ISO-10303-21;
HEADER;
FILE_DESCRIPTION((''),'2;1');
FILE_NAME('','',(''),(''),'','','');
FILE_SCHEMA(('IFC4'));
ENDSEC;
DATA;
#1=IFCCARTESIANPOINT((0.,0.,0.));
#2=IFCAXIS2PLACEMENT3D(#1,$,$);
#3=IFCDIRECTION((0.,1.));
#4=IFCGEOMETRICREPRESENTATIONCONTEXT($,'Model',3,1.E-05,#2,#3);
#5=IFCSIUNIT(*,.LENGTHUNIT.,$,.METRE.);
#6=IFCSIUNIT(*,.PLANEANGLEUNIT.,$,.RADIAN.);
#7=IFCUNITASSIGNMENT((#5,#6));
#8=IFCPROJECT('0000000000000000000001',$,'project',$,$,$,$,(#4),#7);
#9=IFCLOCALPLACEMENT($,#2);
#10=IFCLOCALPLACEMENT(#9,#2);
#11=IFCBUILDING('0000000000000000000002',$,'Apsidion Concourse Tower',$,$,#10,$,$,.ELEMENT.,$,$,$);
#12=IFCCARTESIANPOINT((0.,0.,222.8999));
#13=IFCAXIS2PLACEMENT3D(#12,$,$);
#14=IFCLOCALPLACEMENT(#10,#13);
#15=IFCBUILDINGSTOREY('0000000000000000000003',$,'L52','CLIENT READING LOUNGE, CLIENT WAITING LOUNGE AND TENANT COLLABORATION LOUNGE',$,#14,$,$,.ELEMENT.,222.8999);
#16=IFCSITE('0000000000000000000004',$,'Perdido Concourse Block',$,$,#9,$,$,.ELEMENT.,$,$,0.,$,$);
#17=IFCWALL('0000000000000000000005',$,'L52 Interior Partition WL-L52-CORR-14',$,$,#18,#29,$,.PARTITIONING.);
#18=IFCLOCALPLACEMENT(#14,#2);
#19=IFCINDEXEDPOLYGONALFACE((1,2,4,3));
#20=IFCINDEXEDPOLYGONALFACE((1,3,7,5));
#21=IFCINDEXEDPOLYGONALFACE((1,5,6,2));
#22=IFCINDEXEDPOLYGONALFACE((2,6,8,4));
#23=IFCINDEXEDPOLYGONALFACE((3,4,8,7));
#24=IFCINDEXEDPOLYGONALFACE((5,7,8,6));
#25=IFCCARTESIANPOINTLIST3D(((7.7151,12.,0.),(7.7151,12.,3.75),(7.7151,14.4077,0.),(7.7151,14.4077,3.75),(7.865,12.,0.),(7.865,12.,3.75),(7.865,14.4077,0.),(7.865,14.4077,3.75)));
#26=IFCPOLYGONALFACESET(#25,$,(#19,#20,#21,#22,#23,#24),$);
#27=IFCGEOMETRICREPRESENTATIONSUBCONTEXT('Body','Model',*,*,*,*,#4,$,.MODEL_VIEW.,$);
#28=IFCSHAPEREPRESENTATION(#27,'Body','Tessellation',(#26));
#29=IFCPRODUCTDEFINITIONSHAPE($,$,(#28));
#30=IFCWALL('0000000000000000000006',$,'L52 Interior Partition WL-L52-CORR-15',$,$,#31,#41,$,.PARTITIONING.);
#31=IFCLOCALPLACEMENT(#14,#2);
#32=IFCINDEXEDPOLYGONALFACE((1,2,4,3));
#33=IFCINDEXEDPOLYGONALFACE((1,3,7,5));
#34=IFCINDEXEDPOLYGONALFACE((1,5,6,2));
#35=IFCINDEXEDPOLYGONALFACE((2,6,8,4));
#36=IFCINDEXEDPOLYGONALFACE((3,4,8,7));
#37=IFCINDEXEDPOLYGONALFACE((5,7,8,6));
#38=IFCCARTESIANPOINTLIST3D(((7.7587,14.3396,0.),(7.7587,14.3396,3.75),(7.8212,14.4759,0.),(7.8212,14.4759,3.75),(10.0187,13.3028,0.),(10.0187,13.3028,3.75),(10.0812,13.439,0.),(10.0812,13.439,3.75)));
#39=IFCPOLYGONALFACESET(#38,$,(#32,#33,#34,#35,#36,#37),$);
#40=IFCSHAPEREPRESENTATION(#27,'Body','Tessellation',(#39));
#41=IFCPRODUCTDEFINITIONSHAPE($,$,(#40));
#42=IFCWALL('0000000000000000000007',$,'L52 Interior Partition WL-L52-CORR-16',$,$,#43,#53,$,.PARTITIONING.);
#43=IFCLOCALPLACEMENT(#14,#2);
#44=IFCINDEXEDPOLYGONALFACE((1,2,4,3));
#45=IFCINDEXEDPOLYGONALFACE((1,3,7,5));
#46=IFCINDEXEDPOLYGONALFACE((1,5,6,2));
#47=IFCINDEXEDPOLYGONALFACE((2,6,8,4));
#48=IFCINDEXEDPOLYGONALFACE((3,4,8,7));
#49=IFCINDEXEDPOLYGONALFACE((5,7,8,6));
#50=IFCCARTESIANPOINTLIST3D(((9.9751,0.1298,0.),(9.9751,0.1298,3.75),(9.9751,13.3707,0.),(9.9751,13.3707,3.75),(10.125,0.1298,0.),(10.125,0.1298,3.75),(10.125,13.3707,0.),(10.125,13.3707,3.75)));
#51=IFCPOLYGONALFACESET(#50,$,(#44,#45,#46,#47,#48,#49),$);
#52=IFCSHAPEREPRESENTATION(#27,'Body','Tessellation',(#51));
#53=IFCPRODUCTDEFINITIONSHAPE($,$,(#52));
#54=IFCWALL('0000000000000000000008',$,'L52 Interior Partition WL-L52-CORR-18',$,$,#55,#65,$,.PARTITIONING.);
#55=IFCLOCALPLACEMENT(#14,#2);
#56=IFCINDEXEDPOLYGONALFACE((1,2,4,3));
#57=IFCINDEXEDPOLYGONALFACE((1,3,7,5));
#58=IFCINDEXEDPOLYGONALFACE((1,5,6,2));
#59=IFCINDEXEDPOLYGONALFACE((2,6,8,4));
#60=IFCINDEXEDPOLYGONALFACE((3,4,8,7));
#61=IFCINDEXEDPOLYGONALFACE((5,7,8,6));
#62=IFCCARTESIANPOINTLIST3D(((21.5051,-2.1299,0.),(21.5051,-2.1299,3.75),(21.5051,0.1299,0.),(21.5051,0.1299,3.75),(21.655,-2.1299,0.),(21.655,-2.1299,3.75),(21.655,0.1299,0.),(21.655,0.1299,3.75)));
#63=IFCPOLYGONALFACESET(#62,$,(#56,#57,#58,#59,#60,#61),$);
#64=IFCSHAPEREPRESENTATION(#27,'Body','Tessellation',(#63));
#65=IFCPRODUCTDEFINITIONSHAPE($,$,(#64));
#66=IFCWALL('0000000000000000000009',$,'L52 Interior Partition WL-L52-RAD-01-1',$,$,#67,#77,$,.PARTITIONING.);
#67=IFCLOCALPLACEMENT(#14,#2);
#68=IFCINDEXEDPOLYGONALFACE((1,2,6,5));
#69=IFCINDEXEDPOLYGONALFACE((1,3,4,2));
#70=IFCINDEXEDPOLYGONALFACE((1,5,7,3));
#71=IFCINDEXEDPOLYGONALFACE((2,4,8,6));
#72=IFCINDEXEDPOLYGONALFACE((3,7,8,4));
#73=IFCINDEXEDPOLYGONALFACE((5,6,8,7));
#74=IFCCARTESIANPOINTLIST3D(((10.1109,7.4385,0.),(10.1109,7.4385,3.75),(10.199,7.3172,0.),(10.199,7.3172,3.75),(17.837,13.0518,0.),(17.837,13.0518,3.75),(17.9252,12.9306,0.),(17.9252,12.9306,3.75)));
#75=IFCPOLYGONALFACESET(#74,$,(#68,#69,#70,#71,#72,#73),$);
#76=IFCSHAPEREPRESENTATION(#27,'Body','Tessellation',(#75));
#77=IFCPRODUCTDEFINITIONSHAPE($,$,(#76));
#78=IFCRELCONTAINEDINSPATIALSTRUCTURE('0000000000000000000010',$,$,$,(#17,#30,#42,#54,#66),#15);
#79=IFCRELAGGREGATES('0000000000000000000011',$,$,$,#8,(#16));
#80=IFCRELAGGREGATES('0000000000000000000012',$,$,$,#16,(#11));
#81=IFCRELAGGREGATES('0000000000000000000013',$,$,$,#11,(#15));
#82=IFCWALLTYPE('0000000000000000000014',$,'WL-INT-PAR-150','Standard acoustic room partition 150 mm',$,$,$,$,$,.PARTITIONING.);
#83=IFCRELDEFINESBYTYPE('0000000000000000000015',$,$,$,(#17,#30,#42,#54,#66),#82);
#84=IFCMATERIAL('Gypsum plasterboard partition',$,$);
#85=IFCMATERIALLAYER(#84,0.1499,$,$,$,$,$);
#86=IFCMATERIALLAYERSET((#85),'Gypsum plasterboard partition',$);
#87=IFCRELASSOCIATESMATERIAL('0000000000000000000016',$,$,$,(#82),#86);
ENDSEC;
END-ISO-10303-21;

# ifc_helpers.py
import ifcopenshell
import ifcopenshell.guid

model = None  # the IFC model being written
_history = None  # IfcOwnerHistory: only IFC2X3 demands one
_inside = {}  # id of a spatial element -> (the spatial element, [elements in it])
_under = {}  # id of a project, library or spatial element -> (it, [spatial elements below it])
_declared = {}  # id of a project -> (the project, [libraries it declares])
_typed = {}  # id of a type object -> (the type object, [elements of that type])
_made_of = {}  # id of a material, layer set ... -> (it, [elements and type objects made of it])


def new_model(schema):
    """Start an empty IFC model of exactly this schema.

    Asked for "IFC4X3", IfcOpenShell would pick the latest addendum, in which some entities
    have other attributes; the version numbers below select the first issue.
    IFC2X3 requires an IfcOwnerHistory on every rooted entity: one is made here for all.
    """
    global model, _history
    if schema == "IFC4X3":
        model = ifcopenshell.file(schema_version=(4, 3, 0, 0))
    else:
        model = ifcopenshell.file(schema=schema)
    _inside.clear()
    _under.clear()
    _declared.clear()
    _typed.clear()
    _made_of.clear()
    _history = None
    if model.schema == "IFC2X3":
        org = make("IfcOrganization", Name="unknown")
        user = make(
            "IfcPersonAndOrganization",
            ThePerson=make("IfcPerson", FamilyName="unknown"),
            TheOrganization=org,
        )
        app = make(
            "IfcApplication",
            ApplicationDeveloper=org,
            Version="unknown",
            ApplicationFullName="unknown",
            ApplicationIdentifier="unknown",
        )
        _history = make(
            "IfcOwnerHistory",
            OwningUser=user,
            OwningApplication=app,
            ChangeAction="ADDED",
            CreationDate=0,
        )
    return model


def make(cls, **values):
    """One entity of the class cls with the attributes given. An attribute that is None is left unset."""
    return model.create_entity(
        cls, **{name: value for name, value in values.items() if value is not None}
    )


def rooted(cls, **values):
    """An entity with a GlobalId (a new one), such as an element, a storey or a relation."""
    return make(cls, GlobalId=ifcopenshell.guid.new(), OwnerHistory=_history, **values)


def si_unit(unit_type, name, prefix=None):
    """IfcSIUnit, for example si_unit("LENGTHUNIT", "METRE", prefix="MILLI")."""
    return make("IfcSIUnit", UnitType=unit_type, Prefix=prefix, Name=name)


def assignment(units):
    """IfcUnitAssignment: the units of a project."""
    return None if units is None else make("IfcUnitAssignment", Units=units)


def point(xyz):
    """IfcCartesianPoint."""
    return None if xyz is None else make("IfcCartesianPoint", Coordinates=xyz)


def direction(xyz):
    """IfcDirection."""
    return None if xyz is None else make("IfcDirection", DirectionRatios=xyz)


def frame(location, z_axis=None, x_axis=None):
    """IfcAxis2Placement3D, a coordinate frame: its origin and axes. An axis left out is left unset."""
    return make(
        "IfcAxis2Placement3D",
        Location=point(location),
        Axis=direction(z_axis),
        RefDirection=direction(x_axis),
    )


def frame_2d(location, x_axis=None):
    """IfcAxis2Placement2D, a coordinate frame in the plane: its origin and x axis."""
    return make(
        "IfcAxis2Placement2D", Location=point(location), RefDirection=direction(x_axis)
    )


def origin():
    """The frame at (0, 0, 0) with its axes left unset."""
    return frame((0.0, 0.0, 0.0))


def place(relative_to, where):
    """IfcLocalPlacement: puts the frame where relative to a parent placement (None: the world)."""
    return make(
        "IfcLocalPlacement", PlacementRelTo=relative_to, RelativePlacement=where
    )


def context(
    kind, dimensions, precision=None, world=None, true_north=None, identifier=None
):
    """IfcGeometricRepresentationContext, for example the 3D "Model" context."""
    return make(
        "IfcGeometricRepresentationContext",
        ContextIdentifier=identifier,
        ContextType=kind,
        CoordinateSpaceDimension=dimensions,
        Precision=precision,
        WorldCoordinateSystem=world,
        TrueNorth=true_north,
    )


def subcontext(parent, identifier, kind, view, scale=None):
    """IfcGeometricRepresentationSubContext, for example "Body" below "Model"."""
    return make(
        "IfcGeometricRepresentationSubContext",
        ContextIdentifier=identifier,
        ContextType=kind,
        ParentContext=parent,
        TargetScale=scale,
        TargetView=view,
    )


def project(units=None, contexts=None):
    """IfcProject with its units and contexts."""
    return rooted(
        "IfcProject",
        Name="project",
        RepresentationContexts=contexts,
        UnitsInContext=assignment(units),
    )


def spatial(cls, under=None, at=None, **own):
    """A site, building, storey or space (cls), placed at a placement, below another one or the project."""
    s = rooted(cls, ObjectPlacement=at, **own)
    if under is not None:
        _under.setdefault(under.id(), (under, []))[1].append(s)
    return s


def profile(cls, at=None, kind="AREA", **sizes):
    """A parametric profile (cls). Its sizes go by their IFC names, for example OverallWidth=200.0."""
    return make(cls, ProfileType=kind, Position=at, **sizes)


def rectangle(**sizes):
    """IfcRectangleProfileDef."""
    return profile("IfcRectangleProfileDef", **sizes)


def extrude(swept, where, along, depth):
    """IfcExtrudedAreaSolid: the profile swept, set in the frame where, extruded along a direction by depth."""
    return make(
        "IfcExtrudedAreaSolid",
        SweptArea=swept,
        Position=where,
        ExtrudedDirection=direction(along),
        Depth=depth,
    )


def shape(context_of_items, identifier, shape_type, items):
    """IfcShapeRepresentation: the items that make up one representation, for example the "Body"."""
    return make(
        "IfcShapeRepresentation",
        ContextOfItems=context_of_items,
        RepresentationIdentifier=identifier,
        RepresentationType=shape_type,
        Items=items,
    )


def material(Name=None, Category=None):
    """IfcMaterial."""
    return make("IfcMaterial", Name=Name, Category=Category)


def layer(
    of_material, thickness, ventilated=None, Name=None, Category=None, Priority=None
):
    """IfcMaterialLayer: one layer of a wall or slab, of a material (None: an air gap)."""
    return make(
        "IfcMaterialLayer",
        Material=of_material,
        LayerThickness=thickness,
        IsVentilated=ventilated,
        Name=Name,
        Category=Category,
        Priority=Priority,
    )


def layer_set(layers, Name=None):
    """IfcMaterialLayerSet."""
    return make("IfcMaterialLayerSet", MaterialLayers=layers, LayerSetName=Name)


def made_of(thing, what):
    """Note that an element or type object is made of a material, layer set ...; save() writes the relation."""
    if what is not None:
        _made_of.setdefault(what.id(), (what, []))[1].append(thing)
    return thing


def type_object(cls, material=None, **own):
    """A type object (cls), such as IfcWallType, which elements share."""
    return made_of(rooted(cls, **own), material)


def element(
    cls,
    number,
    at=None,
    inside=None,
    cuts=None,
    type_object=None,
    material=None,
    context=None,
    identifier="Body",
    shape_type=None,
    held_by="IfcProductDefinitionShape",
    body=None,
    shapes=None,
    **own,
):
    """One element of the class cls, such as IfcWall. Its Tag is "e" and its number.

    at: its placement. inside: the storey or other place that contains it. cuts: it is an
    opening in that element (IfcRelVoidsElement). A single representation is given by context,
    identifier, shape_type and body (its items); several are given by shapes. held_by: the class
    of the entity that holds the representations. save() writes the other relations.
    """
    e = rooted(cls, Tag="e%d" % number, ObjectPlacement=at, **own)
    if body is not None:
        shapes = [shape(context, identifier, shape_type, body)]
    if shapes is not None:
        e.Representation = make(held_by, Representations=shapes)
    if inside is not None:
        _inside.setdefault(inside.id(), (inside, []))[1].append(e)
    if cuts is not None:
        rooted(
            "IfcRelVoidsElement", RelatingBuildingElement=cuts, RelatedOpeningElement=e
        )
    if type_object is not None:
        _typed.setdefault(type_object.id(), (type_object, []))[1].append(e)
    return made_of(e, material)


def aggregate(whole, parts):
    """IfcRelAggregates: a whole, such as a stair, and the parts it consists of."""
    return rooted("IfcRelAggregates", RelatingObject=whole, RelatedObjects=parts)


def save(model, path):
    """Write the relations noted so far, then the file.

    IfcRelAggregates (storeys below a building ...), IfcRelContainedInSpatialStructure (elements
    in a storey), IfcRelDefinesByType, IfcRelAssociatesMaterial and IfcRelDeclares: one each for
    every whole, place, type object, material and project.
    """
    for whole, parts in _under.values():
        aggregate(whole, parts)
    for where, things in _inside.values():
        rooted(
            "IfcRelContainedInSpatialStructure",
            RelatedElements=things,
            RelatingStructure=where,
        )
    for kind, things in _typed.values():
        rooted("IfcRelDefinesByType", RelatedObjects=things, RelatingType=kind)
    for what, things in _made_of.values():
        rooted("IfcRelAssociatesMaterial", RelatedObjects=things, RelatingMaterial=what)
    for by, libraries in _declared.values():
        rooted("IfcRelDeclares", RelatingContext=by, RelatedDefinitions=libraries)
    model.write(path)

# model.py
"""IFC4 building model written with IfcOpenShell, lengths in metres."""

from ifc_helpers import new_model, si_unit, direction, frame, frame_2d, origin, place, context, subcontext, project, spatial, rectangle, extrude, material, layer, layer_set, type_object, element, save


model = new_model("IFC4")

# Units and contexts
model_context = context("Model", 3, precision=1e-05, world=origin(), true_north=direction((0.0, 1.0)))
body_context = subcontext(model_context, "Body", "Model", "MODEL_VIEW")
ifc_project = project(units=[si_unit("LENGTHUNIT", "METRE"), si_unit("PLANEANGLEUNIT", "RADIAN")], contexts=[model_context])

# Site, building, storey
site_placement = place(None, origin())
site = spatial("IfcSite", under=ifc_project, at=site_placement, Name="Perdido Concourse Block", CompositionType="ELEMENT", RefElevation=0.0)
building_placement = place(site_placement, origin())
building = spatial("IfcBuilding", under=site, at=building_placement, Name="Apsidion Concourse Tower", CompositionType="ELEMENT")
storey_placement = place(building_placement, frame((0.0, 0.0, 222.8999)))
storey = spatial("IfcBuildingStorey", under=building, at=storey_placement, Name="L52", Description="CLIENT READING LOUNGE, CLIENT WAITING LOUNGE AND TENANT COLLABORATION LOUNGE", CompositionType="ELEMENT", Elevation=222.8999)

# Walls
ifc_material_1 = material(Name="Gypsum plasterboard partition")
ifc_layer_1 = layer(ifc_material_1, 0.1499)
ifc_layer_set_1 = layer_set([ifc_layer_1], Name="Gypsum plasterboard partition")
wall_type_1 = type_object("IfcWallType", Name="WL-INT-PAR-150", Description="Standard acoustic room partition 150 mm", PredefinedType="PARTITIONING", material=ifc_layer_set_1)
wall_1_placement = place(storey_placement, frame((7.79, 12.0, 0.0), z_axis=(0.0, 0.0, 1.0), x_axis=(0.0, 1.0, 0.0)))
element("IfcWall", 1, at=wall_1_placement, inside=storey, type_object=wall_type_1, Name="L52 Interior Partition WL-L52-CORR-14", PredefinedType="PARTITIONING", context=body_context, shape_type="SweptSolid", body=[
    extrude(rectangle(XDim=2.4077, YDim=0.1499, at=frame_2d((1.2039, 0.0))), origin(), (0.0, 0.0, 1.0), 3.75),
])
wall_2_placement = place(storey_placement, frame((7.79, 14.4077, 0.0), z_axis=(0.0, 0.0, 1.0), x_axis=(0.908908, -0.416996, 0.0)))
element("IfcWall", 2, at=wall_2_placement, inside=storey, type_object=wall_type_1, Name="L52 Interior Partition WL-L52-CORR-15", PredefinedType="PARTITIONING", context=body_context, shape_type="SweptSolid", body=[
    extrude(rectangle(XDim=2.4866, YDim=0.1499, at=frame_2d((1.2432, 0.0))), origin(), (0.0, 0.0, 1.0), 3.75),
])
wall_3_placement = place(storey_placement, frame((10.05, 13.3708, 0.0), z_axis=(0.0, 0.0, 1.0), x_axis=(0.0, -1.0, 0.0)))
element("IfcWall", 3, at=wall_3_placement, inside=storey, type_object=wall_type_1, Name="L52 Interior Partition WL-L52-CORR-16", PredefinedType="PARTITIONING", context=body_context, shape_type="SweptSolid", body=[
    extrude(rectangle(XDim=13.241, YDim=0.1499, at=frame_2d((6.6206, 0.0))), origin(), (0.0, 0.0, 1.0), 3.75),
])
wall_4_placement = place(storey_placement, frame((21.5801, 0.1299, 0.0), z_axis=(0.0, 0.0, 1.0), x_axis=(0.0, -1.0, 0.0)))
element("IfcWall", 4, at=wall_4_placement, inside=storey, type_object=wall_type_1, Name="L52 Interior Partition WL-L52-CORR-18", PredefinedType="PARTITIONING", context=body_context, shape_type="SweptSolid", body=[
    extrude(rectangle(XDim=2.2598, YDim=0.1499, at=frame_2d((1.1299, 0.0))), origin(), (0.0, 0.0, 1.0), 3.75),
])
wall_5_placement = place(storey_placement, frame((10.155, 7.3779, 0.0), z_axis=(0.0, 0.0, 1.0), x_axis=(0.809019, 0.587782, 0.0)))
element("IfcWall", 5, at=wall_5_placement, inside=storey, type_object=wall_type_1, Name="L52 Interior Partition WL-L52-RAD-01-1", PredefinedType="PARTITIONING", context=body_context, shape_type="SweptSolid", body=[
    extrude(rectangle(XDim=9.55, YDim=0.1499, at=frame_2d((4.7749, 0.0))), origin(), (0.0, 0.0, 1.0), 3.75),
])

save(model, "model.ifc")
